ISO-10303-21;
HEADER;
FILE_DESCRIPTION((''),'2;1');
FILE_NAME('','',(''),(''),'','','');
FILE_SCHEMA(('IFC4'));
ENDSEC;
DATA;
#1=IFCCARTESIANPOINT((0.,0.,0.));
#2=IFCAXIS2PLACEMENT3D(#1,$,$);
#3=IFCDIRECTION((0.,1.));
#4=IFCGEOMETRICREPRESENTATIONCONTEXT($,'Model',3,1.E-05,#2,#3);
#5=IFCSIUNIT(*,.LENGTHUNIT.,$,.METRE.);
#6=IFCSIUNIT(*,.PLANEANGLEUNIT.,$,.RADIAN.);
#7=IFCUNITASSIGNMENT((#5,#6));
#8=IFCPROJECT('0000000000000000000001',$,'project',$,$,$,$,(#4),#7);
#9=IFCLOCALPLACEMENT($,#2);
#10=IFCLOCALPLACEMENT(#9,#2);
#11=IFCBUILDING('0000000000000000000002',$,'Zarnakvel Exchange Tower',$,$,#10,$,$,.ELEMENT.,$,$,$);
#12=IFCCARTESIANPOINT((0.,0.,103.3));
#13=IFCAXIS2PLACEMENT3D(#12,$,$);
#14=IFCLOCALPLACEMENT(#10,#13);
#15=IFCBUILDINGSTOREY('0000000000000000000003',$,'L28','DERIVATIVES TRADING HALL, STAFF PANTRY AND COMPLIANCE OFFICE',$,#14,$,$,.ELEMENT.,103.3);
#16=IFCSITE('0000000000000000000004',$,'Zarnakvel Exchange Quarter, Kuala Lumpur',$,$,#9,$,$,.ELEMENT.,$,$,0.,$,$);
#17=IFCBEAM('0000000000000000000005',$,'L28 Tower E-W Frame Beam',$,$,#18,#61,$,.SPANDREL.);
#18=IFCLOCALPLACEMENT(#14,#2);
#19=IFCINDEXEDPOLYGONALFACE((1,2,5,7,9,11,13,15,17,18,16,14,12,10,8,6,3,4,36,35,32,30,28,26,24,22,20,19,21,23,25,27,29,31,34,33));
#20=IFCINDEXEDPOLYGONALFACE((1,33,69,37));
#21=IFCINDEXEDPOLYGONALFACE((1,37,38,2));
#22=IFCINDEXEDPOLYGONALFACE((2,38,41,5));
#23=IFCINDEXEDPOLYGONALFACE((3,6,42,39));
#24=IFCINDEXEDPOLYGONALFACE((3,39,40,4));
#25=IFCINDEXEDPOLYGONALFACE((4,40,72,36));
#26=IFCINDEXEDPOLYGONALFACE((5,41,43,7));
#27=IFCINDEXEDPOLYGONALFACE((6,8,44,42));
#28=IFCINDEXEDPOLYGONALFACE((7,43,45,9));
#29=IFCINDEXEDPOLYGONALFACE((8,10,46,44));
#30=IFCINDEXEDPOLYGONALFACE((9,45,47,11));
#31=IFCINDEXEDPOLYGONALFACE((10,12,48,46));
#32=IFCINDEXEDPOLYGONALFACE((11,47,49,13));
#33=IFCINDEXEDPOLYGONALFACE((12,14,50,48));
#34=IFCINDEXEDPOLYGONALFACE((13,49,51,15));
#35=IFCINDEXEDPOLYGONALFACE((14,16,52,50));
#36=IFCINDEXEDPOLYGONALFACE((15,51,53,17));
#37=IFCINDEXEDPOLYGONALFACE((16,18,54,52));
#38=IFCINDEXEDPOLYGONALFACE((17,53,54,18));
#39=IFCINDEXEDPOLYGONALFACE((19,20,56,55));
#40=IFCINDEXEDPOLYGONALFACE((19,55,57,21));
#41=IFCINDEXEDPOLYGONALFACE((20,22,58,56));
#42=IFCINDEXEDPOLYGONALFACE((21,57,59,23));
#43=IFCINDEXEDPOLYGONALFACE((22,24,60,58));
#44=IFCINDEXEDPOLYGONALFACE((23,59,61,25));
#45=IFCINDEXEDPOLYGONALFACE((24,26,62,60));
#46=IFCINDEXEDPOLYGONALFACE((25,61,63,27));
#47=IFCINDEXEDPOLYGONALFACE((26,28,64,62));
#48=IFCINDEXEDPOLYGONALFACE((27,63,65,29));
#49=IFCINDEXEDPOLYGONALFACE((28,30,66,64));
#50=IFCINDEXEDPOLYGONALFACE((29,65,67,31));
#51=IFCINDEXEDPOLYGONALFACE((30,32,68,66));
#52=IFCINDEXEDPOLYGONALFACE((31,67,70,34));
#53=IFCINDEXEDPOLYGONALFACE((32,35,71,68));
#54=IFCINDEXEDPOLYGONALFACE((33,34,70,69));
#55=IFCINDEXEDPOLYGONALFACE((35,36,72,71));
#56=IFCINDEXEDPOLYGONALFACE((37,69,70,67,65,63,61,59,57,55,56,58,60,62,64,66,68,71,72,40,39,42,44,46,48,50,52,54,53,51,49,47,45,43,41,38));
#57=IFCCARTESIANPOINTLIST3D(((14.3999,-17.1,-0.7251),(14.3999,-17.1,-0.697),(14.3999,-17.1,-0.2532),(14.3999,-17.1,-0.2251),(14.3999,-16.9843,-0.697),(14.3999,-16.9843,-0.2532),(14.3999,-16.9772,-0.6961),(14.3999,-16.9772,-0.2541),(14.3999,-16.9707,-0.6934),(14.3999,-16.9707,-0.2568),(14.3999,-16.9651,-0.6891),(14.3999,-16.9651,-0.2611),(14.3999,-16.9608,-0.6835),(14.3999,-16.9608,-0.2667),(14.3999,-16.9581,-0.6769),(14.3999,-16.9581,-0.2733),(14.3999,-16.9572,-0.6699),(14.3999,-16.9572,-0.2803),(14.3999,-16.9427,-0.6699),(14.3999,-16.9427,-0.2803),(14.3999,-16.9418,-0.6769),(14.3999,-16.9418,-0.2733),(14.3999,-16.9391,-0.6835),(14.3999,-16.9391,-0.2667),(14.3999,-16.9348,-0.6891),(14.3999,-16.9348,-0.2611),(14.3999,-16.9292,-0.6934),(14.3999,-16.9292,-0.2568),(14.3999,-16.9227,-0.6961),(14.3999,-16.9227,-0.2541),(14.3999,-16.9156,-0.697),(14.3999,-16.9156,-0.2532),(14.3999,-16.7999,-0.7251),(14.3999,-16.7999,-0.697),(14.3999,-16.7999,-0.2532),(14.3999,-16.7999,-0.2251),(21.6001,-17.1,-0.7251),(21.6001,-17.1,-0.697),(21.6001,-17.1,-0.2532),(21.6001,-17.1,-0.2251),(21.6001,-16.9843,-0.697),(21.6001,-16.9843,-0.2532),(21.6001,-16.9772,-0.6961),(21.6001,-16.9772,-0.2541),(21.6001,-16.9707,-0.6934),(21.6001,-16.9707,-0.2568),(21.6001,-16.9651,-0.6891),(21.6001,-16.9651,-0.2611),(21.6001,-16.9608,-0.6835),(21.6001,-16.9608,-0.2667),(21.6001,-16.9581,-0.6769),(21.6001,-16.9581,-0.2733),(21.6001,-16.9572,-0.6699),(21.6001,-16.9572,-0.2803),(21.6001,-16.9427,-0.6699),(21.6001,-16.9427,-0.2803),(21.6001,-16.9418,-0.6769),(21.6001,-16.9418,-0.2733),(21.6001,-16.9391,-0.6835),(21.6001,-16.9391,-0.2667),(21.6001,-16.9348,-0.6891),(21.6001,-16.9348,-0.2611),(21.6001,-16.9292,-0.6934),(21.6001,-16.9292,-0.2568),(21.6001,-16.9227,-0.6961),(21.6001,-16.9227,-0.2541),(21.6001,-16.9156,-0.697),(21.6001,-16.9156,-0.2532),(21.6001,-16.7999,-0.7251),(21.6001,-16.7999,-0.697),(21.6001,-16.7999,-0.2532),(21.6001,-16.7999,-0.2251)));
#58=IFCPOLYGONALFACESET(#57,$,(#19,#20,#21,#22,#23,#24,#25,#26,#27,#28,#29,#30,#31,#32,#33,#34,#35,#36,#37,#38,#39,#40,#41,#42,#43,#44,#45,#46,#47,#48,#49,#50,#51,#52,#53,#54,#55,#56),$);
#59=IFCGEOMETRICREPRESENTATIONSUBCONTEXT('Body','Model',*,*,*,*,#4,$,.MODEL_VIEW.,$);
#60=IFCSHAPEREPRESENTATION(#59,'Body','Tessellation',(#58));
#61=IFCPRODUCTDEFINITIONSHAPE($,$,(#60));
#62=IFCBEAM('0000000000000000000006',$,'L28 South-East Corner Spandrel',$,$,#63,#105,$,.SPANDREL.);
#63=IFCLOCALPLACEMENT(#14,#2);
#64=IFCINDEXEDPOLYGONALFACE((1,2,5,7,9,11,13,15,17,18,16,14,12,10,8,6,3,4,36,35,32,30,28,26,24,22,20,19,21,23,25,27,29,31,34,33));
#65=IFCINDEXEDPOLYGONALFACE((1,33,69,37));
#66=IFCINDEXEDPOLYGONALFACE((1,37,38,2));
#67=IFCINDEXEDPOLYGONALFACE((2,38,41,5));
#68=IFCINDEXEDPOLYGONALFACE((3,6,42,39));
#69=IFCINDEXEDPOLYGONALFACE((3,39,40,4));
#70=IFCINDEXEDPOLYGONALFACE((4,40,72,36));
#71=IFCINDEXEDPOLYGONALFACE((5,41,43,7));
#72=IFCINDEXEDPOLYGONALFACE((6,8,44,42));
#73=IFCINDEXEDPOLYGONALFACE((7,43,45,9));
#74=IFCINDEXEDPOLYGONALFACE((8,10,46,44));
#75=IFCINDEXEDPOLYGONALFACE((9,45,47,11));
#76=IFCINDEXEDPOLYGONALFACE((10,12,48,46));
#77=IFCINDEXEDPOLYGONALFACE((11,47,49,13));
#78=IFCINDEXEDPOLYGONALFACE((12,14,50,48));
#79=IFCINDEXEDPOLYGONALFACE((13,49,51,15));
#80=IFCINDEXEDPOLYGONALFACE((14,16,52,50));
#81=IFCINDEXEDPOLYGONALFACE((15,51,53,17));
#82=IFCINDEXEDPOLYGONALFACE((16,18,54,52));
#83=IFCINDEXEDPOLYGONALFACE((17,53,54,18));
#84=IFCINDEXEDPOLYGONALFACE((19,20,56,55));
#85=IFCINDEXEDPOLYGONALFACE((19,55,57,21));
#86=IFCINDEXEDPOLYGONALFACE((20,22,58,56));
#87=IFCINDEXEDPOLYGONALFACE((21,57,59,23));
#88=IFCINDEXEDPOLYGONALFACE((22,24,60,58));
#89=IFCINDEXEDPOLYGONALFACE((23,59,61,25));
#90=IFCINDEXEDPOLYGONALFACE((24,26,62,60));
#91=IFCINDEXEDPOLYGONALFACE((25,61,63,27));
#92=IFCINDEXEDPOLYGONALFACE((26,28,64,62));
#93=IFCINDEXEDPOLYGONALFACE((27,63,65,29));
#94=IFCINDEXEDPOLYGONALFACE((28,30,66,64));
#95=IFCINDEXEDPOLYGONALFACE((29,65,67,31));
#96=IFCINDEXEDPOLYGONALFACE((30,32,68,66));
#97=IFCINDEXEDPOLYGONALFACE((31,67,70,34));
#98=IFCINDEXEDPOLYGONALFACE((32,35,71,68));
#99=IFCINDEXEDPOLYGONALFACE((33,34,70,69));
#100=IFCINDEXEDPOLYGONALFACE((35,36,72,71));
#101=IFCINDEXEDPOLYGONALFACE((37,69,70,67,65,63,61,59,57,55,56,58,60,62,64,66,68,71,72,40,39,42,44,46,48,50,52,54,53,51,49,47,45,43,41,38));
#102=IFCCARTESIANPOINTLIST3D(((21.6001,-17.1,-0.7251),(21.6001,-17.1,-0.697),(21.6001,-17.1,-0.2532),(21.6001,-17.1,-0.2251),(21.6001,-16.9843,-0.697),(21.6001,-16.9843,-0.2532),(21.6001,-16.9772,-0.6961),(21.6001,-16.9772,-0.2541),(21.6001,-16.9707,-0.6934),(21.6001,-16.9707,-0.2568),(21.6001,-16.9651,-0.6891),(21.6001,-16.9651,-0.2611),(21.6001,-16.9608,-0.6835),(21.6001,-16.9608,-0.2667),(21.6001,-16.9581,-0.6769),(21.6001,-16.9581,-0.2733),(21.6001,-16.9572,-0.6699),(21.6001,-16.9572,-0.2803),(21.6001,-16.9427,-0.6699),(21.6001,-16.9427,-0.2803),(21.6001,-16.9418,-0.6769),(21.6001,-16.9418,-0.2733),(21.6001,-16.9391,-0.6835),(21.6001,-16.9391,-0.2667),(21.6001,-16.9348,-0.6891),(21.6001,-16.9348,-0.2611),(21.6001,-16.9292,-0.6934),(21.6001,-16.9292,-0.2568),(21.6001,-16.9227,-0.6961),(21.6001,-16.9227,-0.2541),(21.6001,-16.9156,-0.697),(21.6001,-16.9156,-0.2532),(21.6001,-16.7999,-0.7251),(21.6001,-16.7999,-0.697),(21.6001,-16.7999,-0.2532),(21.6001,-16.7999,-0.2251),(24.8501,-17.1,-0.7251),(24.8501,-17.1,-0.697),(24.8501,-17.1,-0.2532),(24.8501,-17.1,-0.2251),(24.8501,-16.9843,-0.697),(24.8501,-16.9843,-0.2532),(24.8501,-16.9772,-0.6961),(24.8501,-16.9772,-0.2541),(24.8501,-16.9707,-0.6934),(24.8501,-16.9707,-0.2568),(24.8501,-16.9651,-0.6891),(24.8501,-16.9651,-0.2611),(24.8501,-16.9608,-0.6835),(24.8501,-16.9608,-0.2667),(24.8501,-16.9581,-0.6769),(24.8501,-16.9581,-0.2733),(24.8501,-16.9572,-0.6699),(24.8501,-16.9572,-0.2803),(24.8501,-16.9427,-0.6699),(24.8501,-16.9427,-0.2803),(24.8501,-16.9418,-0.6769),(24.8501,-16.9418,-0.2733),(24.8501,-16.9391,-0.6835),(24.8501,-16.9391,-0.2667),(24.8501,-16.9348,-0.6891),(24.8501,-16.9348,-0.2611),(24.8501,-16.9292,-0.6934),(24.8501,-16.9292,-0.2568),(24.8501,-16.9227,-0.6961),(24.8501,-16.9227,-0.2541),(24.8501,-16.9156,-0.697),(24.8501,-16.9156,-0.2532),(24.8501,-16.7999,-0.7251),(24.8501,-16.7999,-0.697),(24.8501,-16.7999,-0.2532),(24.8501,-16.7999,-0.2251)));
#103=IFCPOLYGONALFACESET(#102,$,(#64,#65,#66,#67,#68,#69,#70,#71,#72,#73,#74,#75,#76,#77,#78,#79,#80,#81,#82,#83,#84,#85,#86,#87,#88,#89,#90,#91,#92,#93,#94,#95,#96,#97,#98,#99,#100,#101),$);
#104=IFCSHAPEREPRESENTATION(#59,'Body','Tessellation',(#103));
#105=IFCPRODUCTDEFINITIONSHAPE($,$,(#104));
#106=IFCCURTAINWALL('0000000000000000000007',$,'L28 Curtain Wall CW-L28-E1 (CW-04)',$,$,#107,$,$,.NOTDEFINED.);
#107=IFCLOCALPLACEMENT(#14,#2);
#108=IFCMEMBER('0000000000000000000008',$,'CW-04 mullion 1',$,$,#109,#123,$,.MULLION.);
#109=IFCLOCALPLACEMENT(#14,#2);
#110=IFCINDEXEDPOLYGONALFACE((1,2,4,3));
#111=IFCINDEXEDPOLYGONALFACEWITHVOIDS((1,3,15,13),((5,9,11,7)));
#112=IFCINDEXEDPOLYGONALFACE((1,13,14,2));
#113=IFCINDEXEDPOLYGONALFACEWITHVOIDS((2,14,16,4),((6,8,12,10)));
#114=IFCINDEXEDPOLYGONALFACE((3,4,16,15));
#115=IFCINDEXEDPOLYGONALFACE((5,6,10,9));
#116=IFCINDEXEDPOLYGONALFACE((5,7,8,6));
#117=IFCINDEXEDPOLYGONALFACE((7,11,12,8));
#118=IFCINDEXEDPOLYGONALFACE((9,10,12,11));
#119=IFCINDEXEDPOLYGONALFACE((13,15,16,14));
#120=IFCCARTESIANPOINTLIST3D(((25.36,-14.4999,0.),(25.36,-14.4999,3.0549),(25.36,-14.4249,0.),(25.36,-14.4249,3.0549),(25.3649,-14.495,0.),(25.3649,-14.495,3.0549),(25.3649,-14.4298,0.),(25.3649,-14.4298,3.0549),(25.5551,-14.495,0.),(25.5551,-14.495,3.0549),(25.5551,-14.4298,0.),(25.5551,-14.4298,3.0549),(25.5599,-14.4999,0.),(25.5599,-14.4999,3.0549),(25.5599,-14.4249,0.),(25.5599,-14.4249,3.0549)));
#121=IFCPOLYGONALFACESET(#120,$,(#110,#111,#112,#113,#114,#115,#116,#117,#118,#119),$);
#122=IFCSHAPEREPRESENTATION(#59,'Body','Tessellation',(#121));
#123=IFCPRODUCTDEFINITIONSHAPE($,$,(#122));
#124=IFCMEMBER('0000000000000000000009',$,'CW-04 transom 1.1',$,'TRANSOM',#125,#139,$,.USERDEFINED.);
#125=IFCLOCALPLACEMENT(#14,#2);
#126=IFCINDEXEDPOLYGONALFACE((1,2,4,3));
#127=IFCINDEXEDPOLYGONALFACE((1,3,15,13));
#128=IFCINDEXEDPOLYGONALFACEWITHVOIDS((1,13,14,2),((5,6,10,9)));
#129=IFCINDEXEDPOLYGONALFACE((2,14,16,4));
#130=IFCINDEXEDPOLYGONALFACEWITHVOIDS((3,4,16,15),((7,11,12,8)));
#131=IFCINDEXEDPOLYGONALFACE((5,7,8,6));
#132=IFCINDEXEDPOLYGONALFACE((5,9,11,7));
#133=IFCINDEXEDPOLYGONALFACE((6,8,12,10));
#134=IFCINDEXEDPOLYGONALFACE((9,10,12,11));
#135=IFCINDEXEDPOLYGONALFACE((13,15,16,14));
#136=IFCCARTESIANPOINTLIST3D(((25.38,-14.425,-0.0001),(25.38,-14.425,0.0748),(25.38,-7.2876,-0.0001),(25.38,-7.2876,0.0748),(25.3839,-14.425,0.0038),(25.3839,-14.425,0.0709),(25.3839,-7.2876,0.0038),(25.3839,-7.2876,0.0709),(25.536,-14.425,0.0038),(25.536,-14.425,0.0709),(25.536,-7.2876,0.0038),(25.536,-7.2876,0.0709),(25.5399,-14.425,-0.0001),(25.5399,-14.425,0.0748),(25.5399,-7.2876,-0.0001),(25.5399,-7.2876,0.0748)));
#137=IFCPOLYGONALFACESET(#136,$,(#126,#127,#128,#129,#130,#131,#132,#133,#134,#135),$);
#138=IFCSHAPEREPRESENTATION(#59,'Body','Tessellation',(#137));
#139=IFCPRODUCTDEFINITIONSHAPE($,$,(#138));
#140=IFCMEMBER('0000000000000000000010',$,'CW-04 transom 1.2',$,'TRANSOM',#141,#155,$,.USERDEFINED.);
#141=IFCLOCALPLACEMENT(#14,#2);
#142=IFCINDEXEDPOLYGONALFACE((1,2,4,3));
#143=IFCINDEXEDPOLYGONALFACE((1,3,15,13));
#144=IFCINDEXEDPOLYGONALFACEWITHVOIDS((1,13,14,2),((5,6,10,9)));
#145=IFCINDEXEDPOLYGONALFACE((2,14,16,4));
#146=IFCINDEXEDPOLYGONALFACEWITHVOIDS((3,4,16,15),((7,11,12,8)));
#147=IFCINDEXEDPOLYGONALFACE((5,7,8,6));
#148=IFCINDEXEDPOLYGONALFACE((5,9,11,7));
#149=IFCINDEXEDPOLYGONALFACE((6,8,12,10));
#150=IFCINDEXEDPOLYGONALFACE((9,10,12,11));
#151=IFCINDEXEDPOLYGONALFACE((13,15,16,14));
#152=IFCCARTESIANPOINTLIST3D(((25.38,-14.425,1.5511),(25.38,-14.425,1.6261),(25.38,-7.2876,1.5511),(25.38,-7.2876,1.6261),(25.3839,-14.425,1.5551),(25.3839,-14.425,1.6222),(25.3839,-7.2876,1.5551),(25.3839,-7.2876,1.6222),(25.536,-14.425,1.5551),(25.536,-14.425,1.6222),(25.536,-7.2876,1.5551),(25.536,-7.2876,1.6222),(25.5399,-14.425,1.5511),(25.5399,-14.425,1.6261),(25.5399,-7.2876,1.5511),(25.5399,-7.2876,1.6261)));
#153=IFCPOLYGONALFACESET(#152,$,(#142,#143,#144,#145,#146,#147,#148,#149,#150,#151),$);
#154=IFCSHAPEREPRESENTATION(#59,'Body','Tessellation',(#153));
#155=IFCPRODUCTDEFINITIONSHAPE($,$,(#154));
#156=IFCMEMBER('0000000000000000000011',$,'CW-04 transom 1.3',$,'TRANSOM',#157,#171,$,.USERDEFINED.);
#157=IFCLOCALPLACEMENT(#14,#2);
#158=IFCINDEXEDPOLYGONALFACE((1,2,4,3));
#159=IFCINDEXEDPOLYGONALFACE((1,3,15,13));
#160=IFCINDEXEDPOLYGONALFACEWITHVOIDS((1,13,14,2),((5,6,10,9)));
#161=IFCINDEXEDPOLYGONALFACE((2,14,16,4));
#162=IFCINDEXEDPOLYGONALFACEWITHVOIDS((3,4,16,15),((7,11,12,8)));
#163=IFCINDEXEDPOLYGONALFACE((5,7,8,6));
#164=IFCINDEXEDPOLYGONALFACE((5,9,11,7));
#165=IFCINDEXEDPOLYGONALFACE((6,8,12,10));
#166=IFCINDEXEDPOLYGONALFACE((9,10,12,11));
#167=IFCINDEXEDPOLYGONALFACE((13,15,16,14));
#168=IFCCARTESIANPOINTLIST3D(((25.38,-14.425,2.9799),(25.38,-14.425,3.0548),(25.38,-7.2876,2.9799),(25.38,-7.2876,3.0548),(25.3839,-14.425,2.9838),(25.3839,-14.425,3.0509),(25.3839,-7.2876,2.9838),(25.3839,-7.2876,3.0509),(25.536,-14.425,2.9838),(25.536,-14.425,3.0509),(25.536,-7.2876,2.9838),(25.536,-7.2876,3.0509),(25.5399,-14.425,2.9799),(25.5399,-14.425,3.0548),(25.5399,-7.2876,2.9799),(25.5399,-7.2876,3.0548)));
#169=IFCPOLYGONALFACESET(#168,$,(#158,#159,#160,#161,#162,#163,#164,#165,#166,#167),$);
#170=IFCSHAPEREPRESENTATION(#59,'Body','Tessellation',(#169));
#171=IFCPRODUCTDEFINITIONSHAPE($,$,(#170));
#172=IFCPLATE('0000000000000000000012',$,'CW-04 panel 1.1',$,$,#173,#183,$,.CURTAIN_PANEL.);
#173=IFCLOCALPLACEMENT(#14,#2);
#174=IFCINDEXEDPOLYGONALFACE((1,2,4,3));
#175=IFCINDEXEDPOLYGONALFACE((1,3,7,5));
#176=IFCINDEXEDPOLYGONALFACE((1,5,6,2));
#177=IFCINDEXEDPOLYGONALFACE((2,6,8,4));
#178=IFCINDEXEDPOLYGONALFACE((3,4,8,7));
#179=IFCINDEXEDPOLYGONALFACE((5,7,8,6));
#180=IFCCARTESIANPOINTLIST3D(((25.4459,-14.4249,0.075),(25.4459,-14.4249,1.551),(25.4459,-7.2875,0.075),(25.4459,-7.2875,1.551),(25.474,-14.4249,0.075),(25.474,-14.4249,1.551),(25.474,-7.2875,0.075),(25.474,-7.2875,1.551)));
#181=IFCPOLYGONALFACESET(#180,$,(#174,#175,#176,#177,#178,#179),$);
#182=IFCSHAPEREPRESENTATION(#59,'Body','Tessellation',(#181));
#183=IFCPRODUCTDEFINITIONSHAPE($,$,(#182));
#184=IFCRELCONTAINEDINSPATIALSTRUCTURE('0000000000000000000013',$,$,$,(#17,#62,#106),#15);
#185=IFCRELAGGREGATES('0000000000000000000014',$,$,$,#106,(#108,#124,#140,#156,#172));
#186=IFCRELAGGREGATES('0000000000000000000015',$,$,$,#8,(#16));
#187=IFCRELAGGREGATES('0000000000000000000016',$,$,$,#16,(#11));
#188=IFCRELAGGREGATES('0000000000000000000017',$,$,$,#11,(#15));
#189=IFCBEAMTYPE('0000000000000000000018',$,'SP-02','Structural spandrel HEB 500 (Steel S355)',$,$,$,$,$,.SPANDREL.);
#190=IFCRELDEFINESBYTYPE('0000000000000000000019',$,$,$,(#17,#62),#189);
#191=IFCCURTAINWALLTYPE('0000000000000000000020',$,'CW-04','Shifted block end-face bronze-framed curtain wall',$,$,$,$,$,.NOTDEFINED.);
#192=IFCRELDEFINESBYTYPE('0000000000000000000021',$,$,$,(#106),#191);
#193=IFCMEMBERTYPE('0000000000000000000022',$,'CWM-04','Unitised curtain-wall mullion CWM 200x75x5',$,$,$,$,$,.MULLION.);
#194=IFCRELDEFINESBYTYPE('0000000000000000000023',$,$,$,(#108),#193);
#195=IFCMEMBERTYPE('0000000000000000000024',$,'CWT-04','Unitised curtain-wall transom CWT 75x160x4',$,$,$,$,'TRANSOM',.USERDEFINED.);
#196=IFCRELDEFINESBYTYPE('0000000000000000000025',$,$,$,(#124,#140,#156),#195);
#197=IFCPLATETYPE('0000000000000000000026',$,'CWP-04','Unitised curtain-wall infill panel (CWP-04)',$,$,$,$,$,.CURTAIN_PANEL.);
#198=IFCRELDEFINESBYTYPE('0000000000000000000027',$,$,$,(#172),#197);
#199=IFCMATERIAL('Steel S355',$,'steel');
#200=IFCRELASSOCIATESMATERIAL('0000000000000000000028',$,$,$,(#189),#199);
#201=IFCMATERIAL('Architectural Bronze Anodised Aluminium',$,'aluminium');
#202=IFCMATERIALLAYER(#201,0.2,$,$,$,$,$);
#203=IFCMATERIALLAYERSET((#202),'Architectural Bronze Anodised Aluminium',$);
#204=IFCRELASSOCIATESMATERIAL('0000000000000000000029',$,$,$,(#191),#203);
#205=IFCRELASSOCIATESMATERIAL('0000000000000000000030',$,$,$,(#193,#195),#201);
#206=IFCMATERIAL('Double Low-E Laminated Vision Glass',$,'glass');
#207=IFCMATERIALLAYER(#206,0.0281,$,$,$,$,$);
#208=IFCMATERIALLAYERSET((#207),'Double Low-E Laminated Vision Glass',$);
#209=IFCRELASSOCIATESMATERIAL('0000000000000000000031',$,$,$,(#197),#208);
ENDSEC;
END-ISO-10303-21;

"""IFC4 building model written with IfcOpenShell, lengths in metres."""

from ifc_helpers import new_model, si_unit, direction, frame, origin, origin_2d, place, context, subcontext, project, spatial, rectangle, hollow_rectangle, i_section, extrude, source, transform, mapped, material, layer, layer_set, material_profile, profile_set, type_object, element, aggregate, save


model = new_model("IFC4")

# Units and contexts
model_context = context("Model", 3, precision=1e-05, world=origin(), true_north=direction((0.0, 1.0)))
body_context = subcontext(model_context, "Body", "Model", "MODEL_VIEW")
ifc_project = project(units=[si_unit("LENGTHUNIT", "METRE"), si_unit("PLANEANGLEUNIT", "RADIAN")], contexts=[model_context])

# Site, building, storey
site_placement = place(None, origin())
site = spatial("IfcSite", under=ifc_project, at=site_placement, Name="Zarnakvel Exchange Quarter, Kuala Lumpur", CompositionType="ELEMENT", RefElevation=0.0)
building_placement = place(site_placement, origin())
building = spatial("IfcBuilding", under=site, at=building_placement, Name="Zarnakvel Exchange Tower", CompositionType="ELEMENT")
storey_placement = place(building_placement, frame((0.0, 0.0, 103.3)))
storey = spatial("IfcBuildingStorey", under=building, at=storey_placement, Name="L28", Description="DERIVATIVES TRADING HALL, STAFF PANTRY AND COMPLIANCE OFFICE", CompositionType="ELEMENT", Elevation=103.3)

# Beams
ifc_material_1 = material(Name="Steel S355", Category="steel")
ifc_material_profile_1 = material_profile(ifc_material_1, i_section(OverallWidth=0.3, OverallDepth=0.5, WebThickness=0.0144, FlangeThickness=0.0281, FilletRadius=0.0271, at=origin_2d()))
ifc_profile_set_1 = profile_set([ifc_material_profile_1], Name="Steel S355")
beam_type_1 = type_object("IfcBeamType", Name="SP-02", Description="Structural spandrel HEB 500 (Steel S355)", PredefinedType="SPANDREL", material=ifc_profile_set_1)
beam_1_placement = place(storey_placement, frame((14.3999, -16.95, -0.4751), z_axis=(1.0, 0.0, 0.0), x_axis=(0.0, 1.0, 0.0)))
element("IfcBeam", 1, at=beam_1_placement, inside=storey, type_object=beam_type_1, Name="L28 Tower E-W Frame Beam", PredefinedType="SPANDREL", context=body_context, shape_type="SweptSolid", body=[
    extrude(i_section(OverallWidth=0.3, OverallDepth=0.5, WebThickness=0.0144, FlangeThickness=0.0281, FilletRadius=0.0271, at=origin_2d()), origin(), (0.0, 0.0, 1.0), 7.2002),
])
beam_2_placement = place(storey_placement, frame((21.6001, -16.95, -0.4751), z_axis=(1.0, 0.0, 0.0), x_axis=(0.0, 1.0, 0.0)))
element("IfcBeam", 2, at=beam_2_placement, inside=storey, type_object=beam_type_1, Name="L28 South-East Corner Spandrel", PredefinedType="SPANDREL", context=body_context, shape_type="SweptSolid", body=[
    extrude(i_section(OverallWidth=0.3, OverallDepth=0.5, WebThickness=0.0144, FlangeThickness=0.0281, FilletRadius=0.0271, at=origin_2d()), origin(), (0.0, 0.0, 1.0), 3.25),
])

# Curtain wall, members, plate
ifc_material_2 = material(Name="Architectural Bronze Anodised Aluminium", Category="aluminium")
ifc_layer_1 = layer(ifc_material_2, 0.2)
ifc_layer_set_1 = layer_set([ifc_layer_1], Name="Architectural Bronze Anodised Aluminium")
curtain_wall_type = type_object("IfcCurtainWallType", Name="CW-04", Description="Shifted block end-face bronze-framed curtain wall", PredefinedType="NOTDEFINED", material=ifc_layer_set_1)
curtain_wall_placement = place(storey_placement, origin())
curtain_wall = element("IfcCurtainWall", 3, at=curtain_wall_placement, inside=storey, type_object=curtain_wall_type, Name="L28 Curtain Wall CW-L28-E1 (CW-04)", PredefinedType="NOTDEFINED")
ifc_material_profile_2 = material_profile(ifc_material_2, hollow_rectangle(XDim=0.2, YDim=0.075, WallThickness=0.0049, at=origin_2d()))
ifc_profile_set_2 = profile_set([ifc_material_profile_2], Name="Architectural Bronze Anodised Aluminium")
member_type_1 = type_object("IfcMemberType", Name="CWM-04", Description="Unitised curtain-wall mullion CWM 200x75x5", PredefinedType="MULLION", material=ifc_profile_set_2)
shared_shape_1 = source(origin(), body_context, "Body", "SweptSolid", [
    extrude(hollow_rectangle(XDim=0.2, YDim=0.075, WallThickness=0.0049, at=origin_2d()), origin(), (0.0, 0.0, 1.0), 3.0549),
])
member_1_placement = place(storey_placement, frame((25.46, -14.4624, 0.0), z_axis=(0.0, 0.0, 1.0), x_axis=(-1.0, 0.0, 0.0)))
member_1 = element("IfcMember", 4, at=member_1_placement, type_object=member_type_1, Name="CW-04 mullion 1", PredefinedType="MULLION", context=body_context, shape_type="MappedRepresentation", body=[
    mapped(shared_shape_1, transform((0.0, 0.0, 0.0), x_axis=(1.0, 0.0, 0.0), y_axis=(0.0, 1.0, 0.0), z_axis=(0.0, 0.0, 1.0), scale=1.0)),
])
ifc_material_profile_3 = material_profile(ifc_material_2, hollow_rectangle(XDim=0.1599, YDim=0.075, WallThickness=0.0039, at=origin_2d()))
ifc_profile_set_3 = profile_set([ifc_material_profile_3], Name="Architectural Bronze Anodised Aluminium")
member_type_2 = type_object("IfcMemberType", Name="CWT-04", Description="Unitised curtain-wall transom CWT 75x160x4", ElementType="TRANSOM", PredefinedType="USERDEFINED", material=ifc_profile_set_3)
shared_shape_2 = source(origin(), body_context, "Body", "SweptSolid", [
    extrude(hollow_rectangle(XDim=0.1599, YDim=0.075, WallThickness=0.0039, at=origin_2d()), origin(), (0.0, 0.0, 1.0), 7.1375),
])
member_2_placement = place(storey_placement, frame((25.46, -14.425, 0.0374), z_axis=(0.0, 1.0, 0.0), x_axis=(-1.0, 0.0, 0.0)))
member_2 = element("IfcMember", 5, at=member_2_placement, type_object=member_type_2, Name="CW-04 transom 1.1", ObjectType="TRANSOM", PredefinedType="USERDEFINED", context=body_context, shape_type="MappedRepresentation", body=[
    mapped(shared_shape_2, transform((0.0, 0.0, 0.0), x_axis=(1.0, 0.0, 0.0), y_axis=(0.0, 1.0, 0.0), z_axis=(0.0, 0.0, 1.0), scale=1.0)),
])
member_3_placement = place(storey_placement, frame((25.46, -14.425, 1.5886), z_axis=(0.0, 1.0, 0.0), x_axis=(-1.0, 0.0, 0.0)))
member_3 = element("IfcMember", 6, at=member_3_placement, type_object=member_type_2, Name="CW-04 transom 1.2", ObjectType="TRANSOM", PredefinedType="USERDEFINED", context=body_context, shape_type="MappedRepresentation", body=[
    mapped(shared_shape_2, transform((0.0, 0.0, 0.0), x_axis=(1.0, 0.0, 0.0), y_axis=(0.0, 1.0, 0.0), z_axis=(0.0, 0.0, 1.0), scale=1.0)),
])
member_4_placement = place(storey_placement, frame((25.46, -14.425, 3.0173), z_axis=(0.0, 1.0, 0.0), x_axis=(-1.0, 0.0, 0.0)))
member_4 = element("IfcMember", 7, at=member_4_placement, type_object=member_type_2, Name="CW-04 transom 1.3", ObjectType="TRANSOM", PredefinedType="USERDEFINED", context=body_context, shape_type="MappedRepresentation", body=[
    mapped(shared_shape_2, transform((0.0, 0.0, 0.0), x_axis=(1.0, 0.0, 0.0), y_axis=(0.0, 1.0, 0.0), z_axis=(0.0, 0.0, 1.0), scale=1.0)),
])
ifc_material_3 = material(Name="Double Low-E Laminated Vision Glass", Category="glass")
ifc_layer_2 = layer(ifc_material_3, 0.0281)
ifc_layer_set_2 = layer_set([ifc_layer_2], Name="Double Low-E Laminated Vision Glass")
plate_type = type_object("IfcPlateType", Name="CWP-04", Description="Unitised curtain-wall infill panel (CWP-04)", PredefinedType="CURTAIN_PANEL", material=ifc_layer_set_2)
shared_shape_3 = source(origin(), body_context, "Body", "SweptSolid", [
    extrude(rectangle(XDim=7.1375, YDim=0.0281, at=origin_2d()), origin(), (0.0, 0.0, 1.0), 1.4761),
])
plate_1_placement = place(storey_placement, frame((25.46, -10.8562, 0.075), z_axis=(0.0, 0.0, 1.0), x_axis=(0.0, 1.0, 0.0)))
plate_1 = element("IfcPlate", 8, at=plate_1_placement, type_object=plate_type, Name="CW-04 panel 1.1", PredefinedType="CURTAIN_PANEL", context=body_context, shape_type="MappedRepresentation", body=[
    mapped(shared_shape_3, transform((0.0, 0.0, 0.0), x_axis=(1.0, 0.0, 0.0), y_axis=(0.0, 1.0, 0.0), z_axis=(0.0, 0.0, 1.0), scale=1.0)),
])
aggregate(curtain_wall, [member_1, member_2, member_3, member_4, plate_1])

save(model, "model.ifc")
